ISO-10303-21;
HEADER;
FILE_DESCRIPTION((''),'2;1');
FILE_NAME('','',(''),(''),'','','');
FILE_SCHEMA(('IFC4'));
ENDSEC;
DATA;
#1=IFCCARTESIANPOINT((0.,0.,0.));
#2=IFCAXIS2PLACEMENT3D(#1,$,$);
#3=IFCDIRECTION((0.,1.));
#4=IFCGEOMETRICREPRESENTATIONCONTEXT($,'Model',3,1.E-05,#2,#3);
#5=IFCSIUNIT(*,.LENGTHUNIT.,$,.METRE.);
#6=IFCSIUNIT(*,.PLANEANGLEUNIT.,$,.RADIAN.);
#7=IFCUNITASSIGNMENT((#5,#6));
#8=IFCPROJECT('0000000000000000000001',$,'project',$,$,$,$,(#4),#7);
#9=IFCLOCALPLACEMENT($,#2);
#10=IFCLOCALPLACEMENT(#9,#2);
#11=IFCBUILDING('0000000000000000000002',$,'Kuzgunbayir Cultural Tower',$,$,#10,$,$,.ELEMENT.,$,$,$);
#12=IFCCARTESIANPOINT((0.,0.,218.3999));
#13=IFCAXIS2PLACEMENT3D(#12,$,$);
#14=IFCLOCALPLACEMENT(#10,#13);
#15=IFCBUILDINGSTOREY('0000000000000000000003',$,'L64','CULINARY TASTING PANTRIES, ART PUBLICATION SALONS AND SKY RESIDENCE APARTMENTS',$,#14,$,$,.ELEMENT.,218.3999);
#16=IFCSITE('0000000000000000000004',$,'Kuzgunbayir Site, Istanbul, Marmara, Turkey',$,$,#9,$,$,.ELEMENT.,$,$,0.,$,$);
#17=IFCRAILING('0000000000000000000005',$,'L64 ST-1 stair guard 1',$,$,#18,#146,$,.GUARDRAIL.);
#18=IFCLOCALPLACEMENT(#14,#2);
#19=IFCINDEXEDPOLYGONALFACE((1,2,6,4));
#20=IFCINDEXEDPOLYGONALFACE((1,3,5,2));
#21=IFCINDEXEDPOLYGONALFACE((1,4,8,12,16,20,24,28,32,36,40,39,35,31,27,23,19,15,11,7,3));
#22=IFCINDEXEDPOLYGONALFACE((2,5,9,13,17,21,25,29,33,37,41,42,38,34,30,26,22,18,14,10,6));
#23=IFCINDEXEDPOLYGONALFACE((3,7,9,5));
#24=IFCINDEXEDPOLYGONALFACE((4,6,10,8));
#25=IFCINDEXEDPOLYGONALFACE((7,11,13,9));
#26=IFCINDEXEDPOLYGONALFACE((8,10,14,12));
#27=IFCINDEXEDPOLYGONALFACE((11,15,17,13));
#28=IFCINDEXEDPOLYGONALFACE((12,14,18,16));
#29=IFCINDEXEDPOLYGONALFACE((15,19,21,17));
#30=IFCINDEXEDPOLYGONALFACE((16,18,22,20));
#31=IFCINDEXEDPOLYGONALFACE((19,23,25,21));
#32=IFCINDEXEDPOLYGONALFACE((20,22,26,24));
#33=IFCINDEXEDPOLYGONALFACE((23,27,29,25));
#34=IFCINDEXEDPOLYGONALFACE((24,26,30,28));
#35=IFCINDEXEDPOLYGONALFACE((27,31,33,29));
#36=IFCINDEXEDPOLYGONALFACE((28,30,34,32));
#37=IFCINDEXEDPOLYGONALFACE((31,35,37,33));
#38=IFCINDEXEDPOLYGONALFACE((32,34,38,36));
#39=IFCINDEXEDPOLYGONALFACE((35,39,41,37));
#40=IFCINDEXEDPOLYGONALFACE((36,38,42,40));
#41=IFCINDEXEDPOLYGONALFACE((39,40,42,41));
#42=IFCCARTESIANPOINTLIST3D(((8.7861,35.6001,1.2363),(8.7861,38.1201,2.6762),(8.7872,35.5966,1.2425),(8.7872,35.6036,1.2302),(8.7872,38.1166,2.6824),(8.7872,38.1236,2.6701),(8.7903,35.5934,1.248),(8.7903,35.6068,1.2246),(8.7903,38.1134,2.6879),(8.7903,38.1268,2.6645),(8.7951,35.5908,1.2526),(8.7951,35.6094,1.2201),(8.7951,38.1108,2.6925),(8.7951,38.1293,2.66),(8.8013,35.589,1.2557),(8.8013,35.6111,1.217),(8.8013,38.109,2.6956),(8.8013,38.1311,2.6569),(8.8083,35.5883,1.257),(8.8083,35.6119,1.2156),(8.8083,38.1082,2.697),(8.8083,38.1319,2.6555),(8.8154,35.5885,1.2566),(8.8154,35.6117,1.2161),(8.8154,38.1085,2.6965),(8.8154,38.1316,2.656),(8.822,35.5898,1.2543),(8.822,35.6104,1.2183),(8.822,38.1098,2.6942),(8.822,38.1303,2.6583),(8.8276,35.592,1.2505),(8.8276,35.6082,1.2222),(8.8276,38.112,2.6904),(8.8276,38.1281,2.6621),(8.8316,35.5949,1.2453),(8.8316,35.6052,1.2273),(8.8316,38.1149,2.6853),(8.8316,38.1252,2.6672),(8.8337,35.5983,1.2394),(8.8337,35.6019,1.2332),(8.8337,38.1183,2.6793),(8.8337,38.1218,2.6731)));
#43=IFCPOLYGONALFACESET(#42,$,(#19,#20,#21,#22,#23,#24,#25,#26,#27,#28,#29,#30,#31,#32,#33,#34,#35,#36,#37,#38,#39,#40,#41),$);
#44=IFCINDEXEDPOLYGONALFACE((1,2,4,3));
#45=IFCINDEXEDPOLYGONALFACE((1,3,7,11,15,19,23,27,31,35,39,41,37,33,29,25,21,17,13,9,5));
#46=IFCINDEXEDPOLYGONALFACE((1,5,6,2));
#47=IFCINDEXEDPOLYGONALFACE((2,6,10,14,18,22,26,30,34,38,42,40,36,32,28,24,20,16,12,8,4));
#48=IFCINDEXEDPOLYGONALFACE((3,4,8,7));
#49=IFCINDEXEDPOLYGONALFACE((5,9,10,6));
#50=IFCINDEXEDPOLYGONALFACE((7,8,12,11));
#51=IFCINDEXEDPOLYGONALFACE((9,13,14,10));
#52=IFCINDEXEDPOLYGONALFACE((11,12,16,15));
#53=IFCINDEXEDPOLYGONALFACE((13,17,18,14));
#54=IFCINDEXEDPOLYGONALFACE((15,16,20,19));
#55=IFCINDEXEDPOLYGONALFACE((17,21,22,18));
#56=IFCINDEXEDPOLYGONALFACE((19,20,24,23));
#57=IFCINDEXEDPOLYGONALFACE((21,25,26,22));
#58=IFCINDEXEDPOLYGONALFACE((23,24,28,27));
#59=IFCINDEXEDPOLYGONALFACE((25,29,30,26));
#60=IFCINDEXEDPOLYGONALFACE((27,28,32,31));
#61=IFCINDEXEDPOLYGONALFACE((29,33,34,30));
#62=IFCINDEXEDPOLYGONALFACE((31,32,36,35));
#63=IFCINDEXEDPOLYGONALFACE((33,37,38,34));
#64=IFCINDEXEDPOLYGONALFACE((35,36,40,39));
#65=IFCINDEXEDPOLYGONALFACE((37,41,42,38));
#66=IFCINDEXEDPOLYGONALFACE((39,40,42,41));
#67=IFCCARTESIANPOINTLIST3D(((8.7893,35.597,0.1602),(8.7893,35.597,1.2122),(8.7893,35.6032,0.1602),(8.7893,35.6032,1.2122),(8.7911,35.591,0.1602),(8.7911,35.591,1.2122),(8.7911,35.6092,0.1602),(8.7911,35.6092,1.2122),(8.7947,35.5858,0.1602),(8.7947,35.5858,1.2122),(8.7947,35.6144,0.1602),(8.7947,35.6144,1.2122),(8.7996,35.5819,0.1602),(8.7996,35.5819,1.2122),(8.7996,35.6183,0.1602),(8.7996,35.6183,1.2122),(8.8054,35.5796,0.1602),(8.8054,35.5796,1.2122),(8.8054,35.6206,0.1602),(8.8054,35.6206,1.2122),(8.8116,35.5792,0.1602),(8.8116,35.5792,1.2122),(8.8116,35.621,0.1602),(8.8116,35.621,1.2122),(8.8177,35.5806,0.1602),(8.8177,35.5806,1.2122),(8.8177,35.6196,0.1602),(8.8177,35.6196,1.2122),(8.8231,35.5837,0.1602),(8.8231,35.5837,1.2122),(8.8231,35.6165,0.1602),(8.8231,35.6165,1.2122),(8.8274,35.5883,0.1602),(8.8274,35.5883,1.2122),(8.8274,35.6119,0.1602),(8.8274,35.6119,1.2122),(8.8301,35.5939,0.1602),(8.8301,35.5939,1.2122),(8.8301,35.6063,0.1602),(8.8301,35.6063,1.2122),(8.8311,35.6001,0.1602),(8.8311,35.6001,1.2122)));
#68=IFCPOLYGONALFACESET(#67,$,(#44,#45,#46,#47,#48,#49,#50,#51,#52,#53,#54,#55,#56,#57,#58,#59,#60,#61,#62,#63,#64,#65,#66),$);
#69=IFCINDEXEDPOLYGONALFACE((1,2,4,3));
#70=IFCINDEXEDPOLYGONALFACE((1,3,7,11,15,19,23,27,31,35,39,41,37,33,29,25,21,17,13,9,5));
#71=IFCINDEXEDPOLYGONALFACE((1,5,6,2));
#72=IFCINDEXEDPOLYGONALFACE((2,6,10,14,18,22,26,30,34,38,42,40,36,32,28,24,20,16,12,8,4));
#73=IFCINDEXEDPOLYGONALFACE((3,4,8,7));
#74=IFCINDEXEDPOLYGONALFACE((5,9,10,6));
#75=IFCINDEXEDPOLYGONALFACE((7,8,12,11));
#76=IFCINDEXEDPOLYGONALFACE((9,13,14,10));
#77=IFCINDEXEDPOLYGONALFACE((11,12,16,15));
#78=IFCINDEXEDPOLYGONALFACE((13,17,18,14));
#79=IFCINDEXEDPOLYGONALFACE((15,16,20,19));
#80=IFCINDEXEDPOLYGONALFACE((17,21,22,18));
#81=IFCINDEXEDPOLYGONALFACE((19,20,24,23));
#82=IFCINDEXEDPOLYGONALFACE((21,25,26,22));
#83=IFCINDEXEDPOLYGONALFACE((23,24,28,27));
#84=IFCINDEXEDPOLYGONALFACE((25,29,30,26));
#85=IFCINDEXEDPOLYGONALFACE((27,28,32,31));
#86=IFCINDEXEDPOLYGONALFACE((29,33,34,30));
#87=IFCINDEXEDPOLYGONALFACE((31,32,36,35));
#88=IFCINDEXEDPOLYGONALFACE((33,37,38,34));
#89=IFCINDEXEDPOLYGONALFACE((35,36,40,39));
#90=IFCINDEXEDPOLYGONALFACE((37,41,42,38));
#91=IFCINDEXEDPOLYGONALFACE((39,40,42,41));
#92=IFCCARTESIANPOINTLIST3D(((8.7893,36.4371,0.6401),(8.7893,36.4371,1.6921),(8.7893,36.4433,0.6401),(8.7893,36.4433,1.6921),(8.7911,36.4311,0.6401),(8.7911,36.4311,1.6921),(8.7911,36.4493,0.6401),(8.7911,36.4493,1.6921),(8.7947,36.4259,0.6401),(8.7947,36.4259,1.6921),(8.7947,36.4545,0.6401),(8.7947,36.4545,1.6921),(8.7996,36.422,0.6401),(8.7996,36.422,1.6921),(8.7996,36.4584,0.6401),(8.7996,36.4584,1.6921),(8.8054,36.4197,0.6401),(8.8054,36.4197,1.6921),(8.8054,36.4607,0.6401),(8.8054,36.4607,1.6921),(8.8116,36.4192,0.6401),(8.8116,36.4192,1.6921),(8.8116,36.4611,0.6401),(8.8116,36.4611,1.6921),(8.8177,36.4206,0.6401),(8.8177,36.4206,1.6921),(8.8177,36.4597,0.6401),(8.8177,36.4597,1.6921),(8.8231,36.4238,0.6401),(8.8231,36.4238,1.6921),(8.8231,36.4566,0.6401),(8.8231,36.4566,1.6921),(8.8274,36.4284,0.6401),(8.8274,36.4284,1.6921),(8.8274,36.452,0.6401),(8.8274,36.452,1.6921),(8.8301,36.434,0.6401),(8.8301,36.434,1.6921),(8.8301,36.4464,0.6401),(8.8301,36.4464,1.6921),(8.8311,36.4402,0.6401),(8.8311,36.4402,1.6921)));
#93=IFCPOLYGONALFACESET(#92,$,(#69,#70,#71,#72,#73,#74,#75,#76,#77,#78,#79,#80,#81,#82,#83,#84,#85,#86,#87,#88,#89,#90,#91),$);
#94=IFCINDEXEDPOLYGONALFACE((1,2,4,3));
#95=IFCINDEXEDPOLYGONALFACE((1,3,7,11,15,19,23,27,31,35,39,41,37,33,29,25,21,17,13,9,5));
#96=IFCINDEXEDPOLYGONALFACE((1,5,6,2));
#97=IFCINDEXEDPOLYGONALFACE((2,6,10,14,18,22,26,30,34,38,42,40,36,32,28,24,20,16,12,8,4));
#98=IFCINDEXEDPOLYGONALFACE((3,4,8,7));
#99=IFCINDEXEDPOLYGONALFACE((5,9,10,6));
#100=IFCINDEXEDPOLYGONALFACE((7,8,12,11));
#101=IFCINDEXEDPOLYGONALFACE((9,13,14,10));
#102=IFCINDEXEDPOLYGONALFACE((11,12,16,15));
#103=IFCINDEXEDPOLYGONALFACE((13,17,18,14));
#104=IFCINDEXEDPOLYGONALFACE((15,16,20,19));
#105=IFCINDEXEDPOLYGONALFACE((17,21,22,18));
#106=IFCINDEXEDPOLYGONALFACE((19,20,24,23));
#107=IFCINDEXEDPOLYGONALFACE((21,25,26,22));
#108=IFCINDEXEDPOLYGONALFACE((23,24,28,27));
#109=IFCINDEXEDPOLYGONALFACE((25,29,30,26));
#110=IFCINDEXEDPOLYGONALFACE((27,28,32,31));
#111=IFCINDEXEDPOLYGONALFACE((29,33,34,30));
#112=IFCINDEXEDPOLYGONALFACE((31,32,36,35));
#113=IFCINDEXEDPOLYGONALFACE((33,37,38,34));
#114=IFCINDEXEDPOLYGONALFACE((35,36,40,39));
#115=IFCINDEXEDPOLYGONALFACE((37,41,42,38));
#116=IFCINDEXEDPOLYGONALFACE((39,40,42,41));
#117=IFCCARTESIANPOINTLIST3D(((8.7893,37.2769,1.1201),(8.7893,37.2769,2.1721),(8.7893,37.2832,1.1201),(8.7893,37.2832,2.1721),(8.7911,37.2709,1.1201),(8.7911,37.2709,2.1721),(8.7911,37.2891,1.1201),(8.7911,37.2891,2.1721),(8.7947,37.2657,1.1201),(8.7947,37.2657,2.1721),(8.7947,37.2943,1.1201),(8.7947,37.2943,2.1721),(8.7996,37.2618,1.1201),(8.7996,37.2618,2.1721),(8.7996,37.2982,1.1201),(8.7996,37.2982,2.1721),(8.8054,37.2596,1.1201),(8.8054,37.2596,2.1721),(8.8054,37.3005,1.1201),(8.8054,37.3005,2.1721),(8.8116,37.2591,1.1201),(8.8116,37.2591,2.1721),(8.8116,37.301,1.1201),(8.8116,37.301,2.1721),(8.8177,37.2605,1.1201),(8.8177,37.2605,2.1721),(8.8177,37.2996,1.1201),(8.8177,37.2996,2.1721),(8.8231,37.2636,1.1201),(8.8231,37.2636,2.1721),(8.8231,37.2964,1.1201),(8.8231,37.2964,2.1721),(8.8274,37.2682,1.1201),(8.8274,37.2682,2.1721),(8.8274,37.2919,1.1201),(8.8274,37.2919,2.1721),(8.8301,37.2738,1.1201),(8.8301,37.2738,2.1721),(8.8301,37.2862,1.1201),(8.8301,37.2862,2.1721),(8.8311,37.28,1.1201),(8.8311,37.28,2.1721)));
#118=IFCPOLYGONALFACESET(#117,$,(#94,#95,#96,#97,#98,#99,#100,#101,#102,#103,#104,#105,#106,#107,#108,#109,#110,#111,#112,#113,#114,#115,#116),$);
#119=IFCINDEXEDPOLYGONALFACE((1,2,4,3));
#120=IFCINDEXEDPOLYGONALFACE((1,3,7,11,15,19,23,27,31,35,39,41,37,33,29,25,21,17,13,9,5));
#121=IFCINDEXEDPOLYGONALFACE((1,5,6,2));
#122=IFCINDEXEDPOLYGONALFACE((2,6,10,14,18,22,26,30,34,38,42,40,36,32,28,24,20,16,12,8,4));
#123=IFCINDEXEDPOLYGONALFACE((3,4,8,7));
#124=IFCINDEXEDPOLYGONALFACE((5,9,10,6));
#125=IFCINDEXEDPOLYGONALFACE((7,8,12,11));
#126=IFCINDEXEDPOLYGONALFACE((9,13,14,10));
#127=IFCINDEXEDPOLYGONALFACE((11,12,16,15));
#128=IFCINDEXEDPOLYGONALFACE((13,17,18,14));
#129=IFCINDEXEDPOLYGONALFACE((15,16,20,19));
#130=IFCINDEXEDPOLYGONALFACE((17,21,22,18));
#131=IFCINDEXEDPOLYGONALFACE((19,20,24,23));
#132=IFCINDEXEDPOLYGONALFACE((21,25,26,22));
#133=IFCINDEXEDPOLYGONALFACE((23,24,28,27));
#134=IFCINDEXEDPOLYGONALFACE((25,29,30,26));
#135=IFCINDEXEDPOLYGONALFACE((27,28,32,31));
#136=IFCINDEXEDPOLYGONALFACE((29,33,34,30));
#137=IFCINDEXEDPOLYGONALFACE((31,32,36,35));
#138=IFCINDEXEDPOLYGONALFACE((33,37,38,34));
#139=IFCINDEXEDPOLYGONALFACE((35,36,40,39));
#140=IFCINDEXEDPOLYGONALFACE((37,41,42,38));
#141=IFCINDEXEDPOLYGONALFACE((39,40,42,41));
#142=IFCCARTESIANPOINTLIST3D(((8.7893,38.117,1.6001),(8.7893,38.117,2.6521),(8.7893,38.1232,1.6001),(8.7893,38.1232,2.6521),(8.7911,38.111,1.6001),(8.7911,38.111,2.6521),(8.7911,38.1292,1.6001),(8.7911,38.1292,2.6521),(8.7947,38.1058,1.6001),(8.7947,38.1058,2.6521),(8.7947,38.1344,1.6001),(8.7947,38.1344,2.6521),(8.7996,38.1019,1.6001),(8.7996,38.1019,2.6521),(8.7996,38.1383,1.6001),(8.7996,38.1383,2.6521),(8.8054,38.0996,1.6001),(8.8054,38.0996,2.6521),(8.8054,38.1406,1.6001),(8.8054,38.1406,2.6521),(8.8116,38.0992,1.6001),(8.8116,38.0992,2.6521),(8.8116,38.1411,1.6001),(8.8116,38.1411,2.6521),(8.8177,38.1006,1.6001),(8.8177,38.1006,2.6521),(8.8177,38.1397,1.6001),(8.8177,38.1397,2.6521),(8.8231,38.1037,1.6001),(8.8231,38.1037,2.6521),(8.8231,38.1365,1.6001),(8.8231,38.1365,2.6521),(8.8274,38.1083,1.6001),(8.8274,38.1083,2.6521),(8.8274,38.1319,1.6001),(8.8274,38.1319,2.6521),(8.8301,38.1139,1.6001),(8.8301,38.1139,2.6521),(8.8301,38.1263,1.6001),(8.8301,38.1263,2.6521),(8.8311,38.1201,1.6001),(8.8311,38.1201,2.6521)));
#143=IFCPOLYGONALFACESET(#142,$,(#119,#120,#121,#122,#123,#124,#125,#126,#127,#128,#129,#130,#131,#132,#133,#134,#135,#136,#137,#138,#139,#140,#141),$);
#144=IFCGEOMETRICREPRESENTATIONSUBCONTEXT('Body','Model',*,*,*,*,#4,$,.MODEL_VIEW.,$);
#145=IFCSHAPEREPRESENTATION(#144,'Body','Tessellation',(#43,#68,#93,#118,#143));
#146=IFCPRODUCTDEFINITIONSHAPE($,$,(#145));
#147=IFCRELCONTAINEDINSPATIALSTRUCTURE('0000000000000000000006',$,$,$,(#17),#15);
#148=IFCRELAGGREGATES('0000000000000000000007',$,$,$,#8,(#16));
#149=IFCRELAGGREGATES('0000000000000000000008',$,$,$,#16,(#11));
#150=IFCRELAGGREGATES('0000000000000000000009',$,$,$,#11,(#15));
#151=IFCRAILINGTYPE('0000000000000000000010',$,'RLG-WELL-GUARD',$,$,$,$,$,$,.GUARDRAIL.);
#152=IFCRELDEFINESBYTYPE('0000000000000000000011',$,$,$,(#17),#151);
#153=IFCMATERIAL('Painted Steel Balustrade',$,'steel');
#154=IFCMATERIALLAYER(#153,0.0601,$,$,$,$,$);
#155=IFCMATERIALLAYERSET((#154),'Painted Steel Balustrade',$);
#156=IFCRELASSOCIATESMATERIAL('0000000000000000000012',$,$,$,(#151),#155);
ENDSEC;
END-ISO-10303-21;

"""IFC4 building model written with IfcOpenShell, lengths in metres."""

from ifc_helpers import new_model, si_unit, direction, frame, origin, origin_2d, place, context, subcontext, project, spatial, circle, extrude, material, layer, layer_set, type_object, element, save


model = new_model("IFC4")

# Units and contexts
model_context = context("Model", 3, precision=1e-05, world=origin(), true_north=direction((0.0, 1.0)))
body_context = subcontext(model_context, "Body", "Model", "MODEL_VIEW")
ifc_project = project(units=[si_unit("LENGTHUNIT", "METRE"), si_unit("PLANEANGLEUNIT", "RADIAN")], contexts=[model_context])

# Site, building, storey
site_placement = place(None, origin())
site = spatial("IfcSite", under=ifc_project, at=site_placement, Name="Kuzgunbayir Site, Istanbul, Marmara, Turkey", CompositionType="ELEMENT", RefElevation=0.0)
building_placement = place(site_placement, origin())
building = spatial("IfcBuilding", under=site, at=building_placement, Name="Kuzgunbayir Cultural Tower", CompositionType="ELEMENT")
storey_placement = place(building_placement, frame((0.0, 0.0, 218.3999)))
storey = spatial("IfcBuildingStorey", under=building, at=storey_placement, Name="L64", Description="CULINARY TASTING PANTRIES, ART PUBLICATION SALONS AND SKY RESIDENCE APARTMENTS", CompositionType="ELEMENT", Elevation=218.3999)

# Railing
ifc_material_1 = material(Name="Painted Steel Balustrade", Category="steel")
ifc_layer_1 = layer(ifc_material_1, 0.0601)
ifc_layer_set_1 = layer_set([ifc_layer_1], Name="Painted Steel Balustrade")
railing_type_1 = type_object("IfcRailingType", Name="RLG-WELL-GUARD", PredefinedType="GUARDRAIL", material=ifc_layer_set_1)
railing_1_placement = place(storey_placement, frame((8.8101, 35.6001, 0.1602)))
element("IfcRailing", 1, at=railing_1_placement, inside=storey, type_object=railing_type_1, Name="L64 ST-1 stair guard 1", PredefinedType="GUARDRAIL", context=body_context, shape_type="SweptSolid", body=[
    extrude(circle(Radius=0.0239, at=origin_2d()), frame((0.0, 0.0, 1.0762), z_axis=(0.0, 0.868253, 0.496121), x_axis=(-1.0, 0.0, 0.0)), (0.0, 0.0, 1.0), 2.9023),
    extrude(circle(Radius=0.021, at=origin_2d()), origin(), (0.0, 0.0, 1.0), 1.052),
    extrude(circle(Radius=0.021, at=origin_2d()), frame((0.0, 0.8401, 0.48)), (0.0, 0.0, 1.0), 1.052),
    extrude(circle(Radius=0.021, at=origin_2d()), frame((0.0, 1.6799, 0.96)), (0.0, 0.0, 1.0), 1.052),
    extrude(circle(Radius=0.021, at=origin_2d()), frame((0.0, 2.52, 1.4399)), (0.0, 0.0, 1.0), 1.052),
])

save(model, "model.ifc")
